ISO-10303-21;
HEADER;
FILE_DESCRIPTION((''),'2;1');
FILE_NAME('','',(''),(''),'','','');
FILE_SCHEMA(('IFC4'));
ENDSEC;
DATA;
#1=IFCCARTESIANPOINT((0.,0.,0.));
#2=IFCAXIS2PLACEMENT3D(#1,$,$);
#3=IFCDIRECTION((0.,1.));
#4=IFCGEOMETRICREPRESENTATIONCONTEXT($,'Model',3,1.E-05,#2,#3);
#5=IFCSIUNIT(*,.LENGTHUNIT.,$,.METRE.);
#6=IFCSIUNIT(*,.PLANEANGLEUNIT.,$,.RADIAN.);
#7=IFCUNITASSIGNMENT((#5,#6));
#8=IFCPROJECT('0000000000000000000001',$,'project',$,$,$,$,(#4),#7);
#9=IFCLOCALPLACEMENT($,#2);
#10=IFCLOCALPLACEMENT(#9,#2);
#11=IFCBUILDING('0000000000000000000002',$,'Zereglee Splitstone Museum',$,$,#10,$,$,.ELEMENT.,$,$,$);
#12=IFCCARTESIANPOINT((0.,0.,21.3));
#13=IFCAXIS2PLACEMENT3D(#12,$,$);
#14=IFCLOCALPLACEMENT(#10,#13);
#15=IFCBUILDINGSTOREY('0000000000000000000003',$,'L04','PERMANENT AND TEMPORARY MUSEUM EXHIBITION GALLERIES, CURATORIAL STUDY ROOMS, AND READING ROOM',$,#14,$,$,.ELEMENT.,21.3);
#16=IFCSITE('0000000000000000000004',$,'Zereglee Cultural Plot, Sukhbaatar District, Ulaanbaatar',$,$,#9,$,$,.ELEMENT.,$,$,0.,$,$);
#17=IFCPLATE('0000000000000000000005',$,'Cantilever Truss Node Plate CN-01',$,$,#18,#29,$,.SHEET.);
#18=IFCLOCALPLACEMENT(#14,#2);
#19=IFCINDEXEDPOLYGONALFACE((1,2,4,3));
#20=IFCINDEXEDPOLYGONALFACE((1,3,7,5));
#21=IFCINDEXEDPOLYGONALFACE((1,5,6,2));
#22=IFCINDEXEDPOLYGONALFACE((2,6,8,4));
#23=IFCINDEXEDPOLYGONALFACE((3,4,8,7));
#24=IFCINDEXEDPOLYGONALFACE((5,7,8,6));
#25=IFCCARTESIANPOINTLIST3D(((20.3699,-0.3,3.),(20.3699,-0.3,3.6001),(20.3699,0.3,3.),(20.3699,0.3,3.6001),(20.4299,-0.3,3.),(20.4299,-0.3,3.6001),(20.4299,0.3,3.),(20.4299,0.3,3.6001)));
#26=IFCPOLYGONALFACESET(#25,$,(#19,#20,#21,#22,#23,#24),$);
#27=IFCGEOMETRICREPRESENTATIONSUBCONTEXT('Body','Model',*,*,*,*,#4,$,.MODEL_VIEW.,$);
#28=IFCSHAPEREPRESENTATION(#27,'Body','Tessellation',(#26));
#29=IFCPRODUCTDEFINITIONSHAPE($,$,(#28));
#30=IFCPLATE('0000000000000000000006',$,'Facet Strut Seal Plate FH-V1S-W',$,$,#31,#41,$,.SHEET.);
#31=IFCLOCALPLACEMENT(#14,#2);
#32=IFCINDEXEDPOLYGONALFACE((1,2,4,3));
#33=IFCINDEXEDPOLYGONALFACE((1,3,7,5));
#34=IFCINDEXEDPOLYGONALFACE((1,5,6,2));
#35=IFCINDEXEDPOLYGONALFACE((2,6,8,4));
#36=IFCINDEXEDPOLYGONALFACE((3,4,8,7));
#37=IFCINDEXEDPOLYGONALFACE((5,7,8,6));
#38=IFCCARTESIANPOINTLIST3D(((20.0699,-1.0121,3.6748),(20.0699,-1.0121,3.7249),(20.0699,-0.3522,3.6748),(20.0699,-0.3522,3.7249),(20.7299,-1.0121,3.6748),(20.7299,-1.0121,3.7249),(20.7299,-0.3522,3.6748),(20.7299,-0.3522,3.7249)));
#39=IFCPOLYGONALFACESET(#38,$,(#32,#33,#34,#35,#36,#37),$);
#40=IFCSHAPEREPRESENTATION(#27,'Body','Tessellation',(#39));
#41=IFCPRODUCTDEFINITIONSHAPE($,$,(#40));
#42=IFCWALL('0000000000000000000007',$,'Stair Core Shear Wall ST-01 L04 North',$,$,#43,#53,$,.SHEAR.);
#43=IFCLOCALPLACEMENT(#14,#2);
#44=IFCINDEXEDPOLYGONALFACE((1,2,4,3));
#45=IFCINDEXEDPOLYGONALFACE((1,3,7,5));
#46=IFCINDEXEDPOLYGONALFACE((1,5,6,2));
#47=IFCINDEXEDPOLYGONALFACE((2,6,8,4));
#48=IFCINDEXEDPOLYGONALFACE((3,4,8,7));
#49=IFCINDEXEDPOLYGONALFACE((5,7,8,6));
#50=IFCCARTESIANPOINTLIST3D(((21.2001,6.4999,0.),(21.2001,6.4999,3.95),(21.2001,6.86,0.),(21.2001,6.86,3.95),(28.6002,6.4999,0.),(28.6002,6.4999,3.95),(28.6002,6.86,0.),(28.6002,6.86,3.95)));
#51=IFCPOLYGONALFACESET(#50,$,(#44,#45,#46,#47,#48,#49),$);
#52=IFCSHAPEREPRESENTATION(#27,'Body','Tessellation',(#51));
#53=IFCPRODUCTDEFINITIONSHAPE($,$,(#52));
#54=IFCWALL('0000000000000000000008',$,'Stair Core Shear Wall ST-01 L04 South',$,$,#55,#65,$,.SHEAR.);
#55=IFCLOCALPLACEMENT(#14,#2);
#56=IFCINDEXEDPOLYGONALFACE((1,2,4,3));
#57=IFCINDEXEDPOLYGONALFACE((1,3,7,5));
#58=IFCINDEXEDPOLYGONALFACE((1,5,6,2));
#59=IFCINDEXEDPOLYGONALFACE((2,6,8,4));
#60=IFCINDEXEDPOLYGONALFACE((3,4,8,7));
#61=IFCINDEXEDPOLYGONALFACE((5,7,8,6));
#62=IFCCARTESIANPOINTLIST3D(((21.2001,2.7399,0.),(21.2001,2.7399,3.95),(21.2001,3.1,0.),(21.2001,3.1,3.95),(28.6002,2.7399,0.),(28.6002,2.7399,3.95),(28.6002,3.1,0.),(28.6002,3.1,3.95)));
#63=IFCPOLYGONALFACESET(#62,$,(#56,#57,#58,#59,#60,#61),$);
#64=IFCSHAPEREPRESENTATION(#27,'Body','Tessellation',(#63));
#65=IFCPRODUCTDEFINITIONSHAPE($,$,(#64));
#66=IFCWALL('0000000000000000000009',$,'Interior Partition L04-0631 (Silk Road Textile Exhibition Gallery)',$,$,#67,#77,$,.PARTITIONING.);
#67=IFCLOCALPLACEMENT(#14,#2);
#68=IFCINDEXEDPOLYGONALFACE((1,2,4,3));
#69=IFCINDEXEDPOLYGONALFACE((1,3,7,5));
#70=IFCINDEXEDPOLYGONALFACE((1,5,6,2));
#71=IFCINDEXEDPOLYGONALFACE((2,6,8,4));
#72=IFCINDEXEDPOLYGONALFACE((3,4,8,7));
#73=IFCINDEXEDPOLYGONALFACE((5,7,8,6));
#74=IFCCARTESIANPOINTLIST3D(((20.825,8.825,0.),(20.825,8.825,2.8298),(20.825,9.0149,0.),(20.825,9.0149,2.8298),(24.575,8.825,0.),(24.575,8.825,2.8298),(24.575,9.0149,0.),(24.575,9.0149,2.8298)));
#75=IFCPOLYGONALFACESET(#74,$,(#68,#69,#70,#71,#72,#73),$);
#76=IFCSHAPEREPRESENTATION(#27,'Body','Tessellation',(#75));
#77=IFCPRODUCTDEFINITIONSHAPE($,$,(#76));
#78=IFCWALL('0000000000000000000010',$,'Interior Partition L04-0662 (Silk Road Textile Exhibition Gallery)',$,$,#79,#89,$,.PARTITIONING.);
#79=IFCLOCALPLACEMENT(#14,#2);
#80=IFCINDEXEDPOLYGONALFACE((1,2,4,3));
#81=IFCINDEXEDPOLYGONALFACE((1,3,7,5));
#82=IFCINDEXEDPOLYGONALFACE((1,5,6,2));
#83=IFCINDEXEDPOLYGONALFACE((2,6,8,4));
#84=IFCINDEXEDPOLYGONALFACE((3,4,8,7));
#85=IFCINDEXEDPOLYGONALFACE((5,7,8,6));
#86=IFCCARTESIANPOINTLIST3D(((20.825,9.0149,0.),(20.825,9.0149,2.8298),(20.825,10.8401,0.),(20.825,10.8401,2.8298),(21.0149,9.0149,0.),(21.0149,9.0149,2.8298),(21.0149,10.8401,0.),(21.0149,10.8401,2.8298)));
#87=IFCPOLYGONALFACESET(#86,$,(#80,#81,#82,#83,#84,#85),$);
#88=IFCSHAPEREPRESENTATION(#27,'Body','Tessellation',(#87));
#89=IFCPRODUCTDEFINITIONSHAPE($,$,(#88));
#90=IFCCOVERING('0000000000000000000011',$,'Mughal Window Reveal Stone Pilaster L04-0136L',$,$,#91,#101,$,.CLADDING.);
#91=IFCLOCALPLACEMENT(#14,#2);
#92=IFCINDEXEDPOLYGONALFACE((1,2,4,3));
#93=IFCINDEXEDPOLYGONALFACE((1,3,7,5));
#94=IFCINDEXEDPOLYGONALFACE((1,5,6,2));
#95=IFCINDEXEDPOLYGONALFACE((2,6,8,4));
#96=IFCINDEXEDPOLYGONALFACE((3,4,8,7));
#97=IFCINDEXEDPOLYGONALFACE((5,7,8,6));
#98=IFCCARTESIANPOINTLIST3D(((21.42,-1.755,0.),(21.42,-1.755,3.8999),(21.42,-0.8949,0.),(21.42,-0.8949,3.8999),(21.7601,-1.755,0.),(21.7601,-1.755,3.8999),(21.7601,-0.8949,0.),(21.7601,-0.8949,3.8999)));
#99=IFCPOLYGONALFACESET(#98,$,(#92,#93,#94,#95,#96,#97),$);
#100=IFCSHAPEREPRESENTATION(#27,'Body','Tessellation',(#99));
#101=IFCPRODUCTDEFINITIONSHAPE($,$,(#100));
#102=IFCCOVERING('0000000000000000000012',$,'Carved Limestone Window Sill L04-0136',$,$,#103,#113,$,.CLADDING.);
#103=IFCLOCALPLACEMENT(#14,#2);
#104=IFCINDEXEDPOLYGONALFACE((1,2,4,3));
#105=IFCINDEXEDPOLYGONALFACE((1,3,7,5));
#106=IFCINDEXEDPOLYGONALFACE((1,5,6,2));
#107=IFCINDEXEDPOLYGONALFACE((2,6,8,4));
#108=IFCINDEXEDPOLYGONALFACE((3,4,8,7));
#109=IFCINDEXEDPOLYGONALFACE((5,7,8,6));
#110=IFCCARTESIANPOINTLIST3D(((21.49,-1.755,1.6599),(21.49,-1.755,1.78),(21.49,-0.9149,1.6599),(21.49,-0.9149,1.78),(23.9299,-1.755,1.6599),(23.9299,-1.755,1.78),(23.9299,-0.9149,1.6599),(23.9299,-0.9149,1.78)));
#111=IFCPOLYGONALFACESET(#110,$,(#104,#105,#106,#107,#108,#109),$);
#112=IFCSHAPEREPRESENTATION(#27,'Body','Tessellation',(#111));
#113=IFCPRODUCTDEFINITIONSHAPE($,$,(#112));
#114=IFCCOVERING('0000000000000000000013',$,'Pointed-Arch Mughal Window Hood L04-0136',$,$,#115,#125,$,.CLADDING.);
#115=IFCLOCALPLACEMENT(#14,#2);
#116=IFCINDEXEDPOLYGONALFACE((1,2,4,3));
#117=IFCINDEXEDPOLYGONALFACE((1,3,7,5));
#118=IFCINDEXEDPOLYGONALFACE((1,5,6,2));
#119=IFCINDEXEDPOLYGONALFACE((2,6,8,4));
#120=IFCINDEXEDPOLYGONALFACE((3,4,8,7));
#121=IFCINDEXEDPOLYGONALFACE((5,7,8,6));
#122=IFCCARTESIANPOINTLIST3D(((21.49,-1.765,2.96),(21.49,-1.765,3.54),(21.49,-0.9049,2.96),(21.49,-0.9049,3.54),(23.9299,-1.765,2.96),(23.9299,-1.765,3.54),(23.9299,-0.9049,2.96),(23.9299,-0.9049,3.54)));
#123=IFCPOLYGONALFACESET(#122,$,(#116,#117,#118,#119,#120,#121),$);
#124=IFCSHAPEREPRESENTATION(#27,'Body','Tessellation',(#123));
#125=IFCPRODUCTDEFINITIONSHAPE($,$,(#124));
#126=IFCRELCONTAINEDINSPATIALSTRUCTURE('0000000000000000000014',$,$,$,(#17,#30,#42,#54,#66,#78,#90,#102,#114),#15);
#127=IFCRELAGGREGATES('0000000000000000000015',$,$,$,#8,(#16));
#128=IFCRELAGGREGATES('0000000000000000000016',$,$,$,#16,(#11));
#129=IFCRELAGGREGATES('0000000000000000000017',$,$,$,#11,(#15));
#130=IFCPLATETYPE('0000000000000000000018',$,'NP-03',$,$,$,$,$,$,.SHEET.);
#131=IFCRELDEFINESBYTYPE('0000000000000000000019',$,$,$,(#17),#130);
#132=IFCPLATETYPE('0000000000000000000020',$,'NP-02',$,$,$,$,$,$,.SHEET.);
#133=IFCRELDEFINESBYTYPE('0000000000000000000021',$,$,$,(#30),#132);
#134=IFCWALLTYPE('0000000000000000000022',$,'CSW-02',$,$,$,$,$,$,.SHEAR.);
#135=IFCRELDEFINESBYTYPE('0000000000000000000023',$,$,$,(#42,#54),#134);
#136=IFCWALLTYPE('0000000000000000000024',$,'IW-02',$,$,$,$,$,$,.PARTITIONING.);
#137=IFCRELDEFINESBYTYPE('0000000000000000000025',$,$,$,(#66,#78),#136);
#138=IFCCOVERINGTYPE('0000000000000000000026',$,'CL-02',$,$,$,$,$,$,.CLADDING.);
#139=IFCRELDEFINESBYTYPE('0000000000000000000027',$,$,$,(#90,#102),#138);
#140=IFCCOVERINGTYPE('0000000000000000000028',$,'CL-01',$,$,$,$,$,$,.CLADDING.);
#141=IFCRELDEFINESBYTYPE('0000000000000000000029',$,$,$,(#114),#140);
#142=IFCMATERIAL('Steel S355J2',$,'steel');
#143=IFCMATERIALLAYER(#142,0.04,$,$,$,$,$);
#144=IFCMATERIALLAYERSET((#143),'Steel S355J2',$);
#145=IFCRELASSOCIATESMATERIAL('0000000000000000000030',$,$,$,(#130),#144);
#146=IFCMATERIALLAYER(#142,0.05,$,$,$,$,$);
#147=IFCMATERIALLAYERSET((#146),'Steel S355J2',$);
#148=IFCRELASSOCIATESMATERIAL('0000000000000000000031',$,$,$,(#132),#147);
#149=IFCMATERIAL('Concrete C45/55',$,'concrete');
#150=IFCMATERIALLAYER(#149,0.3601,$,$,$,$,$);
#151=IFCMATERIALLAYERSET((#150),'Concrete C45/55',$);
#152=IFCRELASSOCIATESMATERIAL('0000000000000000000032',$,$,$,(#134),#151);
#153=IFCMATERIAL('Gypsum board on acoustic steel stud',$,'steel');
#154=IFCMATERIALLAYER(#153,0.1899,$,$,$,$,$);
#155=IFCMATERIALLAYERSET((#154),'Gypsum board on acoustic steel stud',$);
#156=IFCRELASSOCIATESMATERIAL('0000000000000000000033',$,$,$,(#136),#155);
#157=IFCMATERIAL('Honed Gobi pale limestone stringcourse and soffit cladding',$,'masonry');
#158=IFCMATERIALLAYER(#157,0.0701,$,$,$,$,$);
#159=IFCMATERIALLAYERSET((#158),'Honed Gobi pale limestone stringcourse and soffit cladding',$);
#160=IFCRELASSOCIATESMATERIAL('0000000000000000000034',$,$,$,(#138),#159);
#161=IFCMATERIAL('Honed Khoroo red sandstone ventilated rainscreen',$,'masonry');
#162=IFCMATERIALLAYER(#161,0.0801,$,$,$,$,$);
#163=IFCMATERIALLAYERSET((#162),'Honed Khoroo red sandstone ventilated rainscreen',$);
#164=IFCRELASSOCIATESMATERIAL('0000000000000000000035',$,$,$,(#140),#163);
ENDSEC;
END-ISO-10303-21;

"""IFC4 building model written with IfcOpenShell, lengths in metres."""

from ifc_helpers import new_model, si_unit, direction, frame, frame_2d, origin, origin_2d, place, context, subcontext, project, spatial, rectangle, extrude, material, layer, layer_set, type_object, element, save


model = new_model("IFC4")

# Units and contexts
model_context = context("Model", 3, precision=1e-05, world=origin(), true_north=direction((0.0, 1.0)))
body_context = subcontext(model_context, "Body", "Model", "MODEL_VIEW")
ifc_project = project(units=[si_unit("LENGTHUNIT", "METRE"), si_unit("PLANEANGLEUNIT", "RADIAN")], contexts=[model_context])

# Site, building, storey
site_placement = place(None, origin())
site = spatial("IfcSite", under=ifc_project, at=site_placement, Name="Zereglee Cultural Plot, Sukhbaatar District, Ulaanbaatar", CompositionType="ELEMENT", RefElevation=0.0)
building_placement = place(site_placement, origin())
building = spatial("IfcBuilding", under=site, at=building_placement, Name="Zereglee Splitstone Museum", CompositionType="ELEMENT")
storey_placement = place(building_placement, frame((0.0, 0.0, 21.3)))
storey = spatial("IfcBuildingStorey", under=building, at=storey_placement, Name="L04", Description="PERMANENT AND TEMPORARY MUSEUM EXHIBITION GALLERIES, CURATORIAL STUDY ROOMS, AND READING ROOM", CompositionType="ELEMENT", Elevation=21.3)

# Shared definitions
ifc_material_1 = material(Name="Steel S355J2", Category="steel")

# Plates
ifc_layer_1 = layer(ifc_material_1, 0.04)
ifc_layer_set_1 = layer_set([ifc_layer_1], Name="Steel S355J2")
plate_type_1 = type_object("IfcPlateType", Name="NP-03", PredefinedType="SHEET", material=ifc_layer_set_1)
plate_1_placement = place(storey_placement, frame((20.3999, 0.0, 3.0), z_axis=(0.0, 0.0, 1.0), x_axis=(1.0, 0.0, 0.0)))
element("IfcPlate", 1, at=plate_1_placement, inside=storey, type_object=plate_type_1, Name="Cantilever Truss Node Plate CN-01", PredefinedType="SHEET", context=body_context, shape_type="SweptSolid", body=[
    extrude(rectangle(XDim=0.0601, YDim=0.6001, at=origin_2d()), origin(), (0.0, 0.0, 1.0), 0.6001),
])
ifc_layer_2 = layer(ifc_material_1, 0.05)
ifc_layer_set_2 = layer_set([ifc_layer_2], Name="Steel S355J2")
plate_type_2 = type_object("IfcPlateType", Name="NP-02", PredefinedType="SHEET", material=ifc_layer_set_2)
plate_2_placement = place(storey_placement, frame((20.3999, -0.6821, 3.6748), z_axis=(0.0, 0.0, 1.0), x_axis=(1.0, 0.0, 0.0)))
element("IfcPlate", 2, at=plate_2_placement, inside=storey, type_object=plate_type_2, Name="Facet Strut Seal Plate FH-V1S-W", PredefinedType="SHEET", context=body_context, shape_type="SweptSolid", body=[
    extrude(rectangle(XDim=0.6599, YDim=0.6599, at=origin_2d()), origin(), (0.0, 0.0, 1.0), 0.05),
])

# Shared definitions
ifc_material_2 = material(Name="Concrete C45/55", Category="concrete")
ifc_layer_3 = layer(ifc_material_2, 0.3601)
ifc_layer_set_3 = layer_set([ifc_layer_3], Name="Concrete C45/55")
wall_type_1 = type_object("IfcWallType", Name="CSW-02", PredefinedType="SHEAR", material=ifc_layer_set_3)

# Walls
for number, where, z_axis, x_axis, name in (
    (3, (21.2, 6.6799, 0.0), (0.0, 0.0, 1.0), (1.0, 0.0, 0.0), "Stair Core Shear Wall ST-01 L04 North"),
    (4, (21.2, 2.9199, 0.0), (0.0, 0.0, 1.0), (1.0, 0.0, 0.0), "Stair Core Shear Wall ST-01 L04 South"),
):
    element("IfcWall", number, at=place(storey_placement, frame(where, z_axis=z_axis, x_axis=x_axis)), inside=storey, type_object=wall_type_1, Name=name, PredefinedType="SHEAR", context=body_context, shape_type="SweptSolid", body=[
        extrude(rectangle(XDim=7.4001, YDim=0.3601, at=frame_2d((3.7002, 0.0))), origin(), (0.0, 0.0, 1.0), 3.95),
    ])
ifc_material_3 = material(Name="Gypsum board on acoustic steel stud", Category="steel")
ifc_layer_4 = layer(ifc_material_3, 0.1899)
ifc_layer_set_4 = layer_set([ifc_layer_4], Name="Gypsum board on acoustic steel stud")
wall_type_2 = type_object("IfcWallType", Name="IW-02", PredefinedType="PARTITIONING", material=ifc_layer_set_4)
wall_1_placement = place(storey_placement, frame((20.825, 8.9199, 0.0), z_axis=(0.0, 0.0, 1.0), x_axis=(1.0, 0.0, 0.0)))
element("IfcWall", 5, at=wall_1_placement, inside=storey, type_object=wall_type_2, Name="Interior Partition L04-0631 (Silk Road Textile Exhibition Gallery)", PredefinedType="PARTITIONING", context=body_context, shape_type="SweptSolid", body=[
    extrude(rectangle(XDim=3.75, YDim=0.1899, at=frame_2d((1.875, 0.0))), origin(), (0.0, 0.0, 1.0), 2.8298),
])
wall_2_placement = place(storey_placement, frame((20.9199, 9.0149, 0.0), z_axis=(0.0, 0.0, 1.0), x_axis=(0.0, 1.0, 0.0)))
element("IfcWall", 6, at=wall_2_placement, inside=storey, type_object=wall_type_2, Name="Interior Partition L04-0662 (Silk Road Textile Exhibition Gallery)", PredefinedType="PARTITIONING", context=body_context, shape_type="SweptSolid", body=[
    extrude(rectangle(XDim=1.8252, YDim=0.1899, at=frame_2d((0.9126, 0.0))), origin(), (0.0, 0.0, 1.0), 2.8298),
])

# Coverings
ifc_material_4 = material(Name="Honed Gobi pale limestone stringcourse and soffit cladding", Category="masonry")
ifc_layer_5 = layer(ifc_material_4, 0.0701)
ifc_layer_set_5 = layer_set([ifc_layer_5], Name="Honed Gobi pale limestone stringcourse and soffit cladding")
covering_type_1 = type_object("IfcCoveringType", Name="CL-02", PredefinedType="CLADDING", material=ifc_layer_set_5)
covering_1_placement = place(storey_placement, frame((21.5901, -1.325, 0.0), z_axis=(0.0, 0.0, 1.0), x_axis=(1.0, 0.0, 0.0)))
element("IfcCovering", 7, at=covering_1_placement, inside=storey, type_object=covering_type_1, Name="Mughal Window Reveal Stone Pilaster L04-0136L", PredefinedType="CLADDING", context=body_context, shape_type="SweptSolid", body=[
    extrude(rectangle(XDim=0.3401, YDim=0.8601, at=origin_2d()), origin(), (0.0, 0.0, 1.0), 3.8999),
])
covering_2_placement = place(storey_placement, frame((22.71, -1.335, 1.6599), z_axis=(0.0, 0.0, 1.0), x_axis=(1.0, 0.0, 0.0)))
element("IfcCovering", 8, at=covering_2_placement, inside=storey, type_object=covering_type_1, Name="Carved Limestone Window Sill L04-0136", PredefinedType="CLADDING", context=body_context, shape_type="SweptSolid", body=[
    extrude(rectangle(XDim=2.4399, YDim=0.8401, at=origin_2d()), origin(), (0.0, 0.0, 1.0), 0.1201),
])
ifc_material_5 = material(Name="Honed Khoroo red sandstone ventilated rainscreen", Category="masonry")
ifc_layer_6 = layer(ifc_material_5, 0.0801)
ifc_layer_set_6 = layer_set([ifc_layer_6], Name="Honed Khoroo red sandstone ventilated rainscreen")
covering_type_2 = type_object("IfcCoveringType", Name="CL-01", PredefinedType="CLADDING", material=ifc_layer_set_6)
covering_3_placement = place(storey_placement, frame((22.71, -1.335, 2.96), z_axis=(0.0, 0.0, 1.0), x_axis=(1.0, 0.0, 0.0)))
element("IfcCovering", 9, at=covering_3_placement, inside=storey, type_object=covering_type_2, Name="Pointed-Arch Mughal Window Hood L04-0136", PredefinedType="CLADDING", context=body_context, shape_type="SweptSolid", body=[
    extrude(rectangle(XDim=2.4399, YDim=0.8601, at=origin_2d()), origin(), (0.0, 0.0, 1.0), 0.5801),
])

save(model, "model.ifc")
